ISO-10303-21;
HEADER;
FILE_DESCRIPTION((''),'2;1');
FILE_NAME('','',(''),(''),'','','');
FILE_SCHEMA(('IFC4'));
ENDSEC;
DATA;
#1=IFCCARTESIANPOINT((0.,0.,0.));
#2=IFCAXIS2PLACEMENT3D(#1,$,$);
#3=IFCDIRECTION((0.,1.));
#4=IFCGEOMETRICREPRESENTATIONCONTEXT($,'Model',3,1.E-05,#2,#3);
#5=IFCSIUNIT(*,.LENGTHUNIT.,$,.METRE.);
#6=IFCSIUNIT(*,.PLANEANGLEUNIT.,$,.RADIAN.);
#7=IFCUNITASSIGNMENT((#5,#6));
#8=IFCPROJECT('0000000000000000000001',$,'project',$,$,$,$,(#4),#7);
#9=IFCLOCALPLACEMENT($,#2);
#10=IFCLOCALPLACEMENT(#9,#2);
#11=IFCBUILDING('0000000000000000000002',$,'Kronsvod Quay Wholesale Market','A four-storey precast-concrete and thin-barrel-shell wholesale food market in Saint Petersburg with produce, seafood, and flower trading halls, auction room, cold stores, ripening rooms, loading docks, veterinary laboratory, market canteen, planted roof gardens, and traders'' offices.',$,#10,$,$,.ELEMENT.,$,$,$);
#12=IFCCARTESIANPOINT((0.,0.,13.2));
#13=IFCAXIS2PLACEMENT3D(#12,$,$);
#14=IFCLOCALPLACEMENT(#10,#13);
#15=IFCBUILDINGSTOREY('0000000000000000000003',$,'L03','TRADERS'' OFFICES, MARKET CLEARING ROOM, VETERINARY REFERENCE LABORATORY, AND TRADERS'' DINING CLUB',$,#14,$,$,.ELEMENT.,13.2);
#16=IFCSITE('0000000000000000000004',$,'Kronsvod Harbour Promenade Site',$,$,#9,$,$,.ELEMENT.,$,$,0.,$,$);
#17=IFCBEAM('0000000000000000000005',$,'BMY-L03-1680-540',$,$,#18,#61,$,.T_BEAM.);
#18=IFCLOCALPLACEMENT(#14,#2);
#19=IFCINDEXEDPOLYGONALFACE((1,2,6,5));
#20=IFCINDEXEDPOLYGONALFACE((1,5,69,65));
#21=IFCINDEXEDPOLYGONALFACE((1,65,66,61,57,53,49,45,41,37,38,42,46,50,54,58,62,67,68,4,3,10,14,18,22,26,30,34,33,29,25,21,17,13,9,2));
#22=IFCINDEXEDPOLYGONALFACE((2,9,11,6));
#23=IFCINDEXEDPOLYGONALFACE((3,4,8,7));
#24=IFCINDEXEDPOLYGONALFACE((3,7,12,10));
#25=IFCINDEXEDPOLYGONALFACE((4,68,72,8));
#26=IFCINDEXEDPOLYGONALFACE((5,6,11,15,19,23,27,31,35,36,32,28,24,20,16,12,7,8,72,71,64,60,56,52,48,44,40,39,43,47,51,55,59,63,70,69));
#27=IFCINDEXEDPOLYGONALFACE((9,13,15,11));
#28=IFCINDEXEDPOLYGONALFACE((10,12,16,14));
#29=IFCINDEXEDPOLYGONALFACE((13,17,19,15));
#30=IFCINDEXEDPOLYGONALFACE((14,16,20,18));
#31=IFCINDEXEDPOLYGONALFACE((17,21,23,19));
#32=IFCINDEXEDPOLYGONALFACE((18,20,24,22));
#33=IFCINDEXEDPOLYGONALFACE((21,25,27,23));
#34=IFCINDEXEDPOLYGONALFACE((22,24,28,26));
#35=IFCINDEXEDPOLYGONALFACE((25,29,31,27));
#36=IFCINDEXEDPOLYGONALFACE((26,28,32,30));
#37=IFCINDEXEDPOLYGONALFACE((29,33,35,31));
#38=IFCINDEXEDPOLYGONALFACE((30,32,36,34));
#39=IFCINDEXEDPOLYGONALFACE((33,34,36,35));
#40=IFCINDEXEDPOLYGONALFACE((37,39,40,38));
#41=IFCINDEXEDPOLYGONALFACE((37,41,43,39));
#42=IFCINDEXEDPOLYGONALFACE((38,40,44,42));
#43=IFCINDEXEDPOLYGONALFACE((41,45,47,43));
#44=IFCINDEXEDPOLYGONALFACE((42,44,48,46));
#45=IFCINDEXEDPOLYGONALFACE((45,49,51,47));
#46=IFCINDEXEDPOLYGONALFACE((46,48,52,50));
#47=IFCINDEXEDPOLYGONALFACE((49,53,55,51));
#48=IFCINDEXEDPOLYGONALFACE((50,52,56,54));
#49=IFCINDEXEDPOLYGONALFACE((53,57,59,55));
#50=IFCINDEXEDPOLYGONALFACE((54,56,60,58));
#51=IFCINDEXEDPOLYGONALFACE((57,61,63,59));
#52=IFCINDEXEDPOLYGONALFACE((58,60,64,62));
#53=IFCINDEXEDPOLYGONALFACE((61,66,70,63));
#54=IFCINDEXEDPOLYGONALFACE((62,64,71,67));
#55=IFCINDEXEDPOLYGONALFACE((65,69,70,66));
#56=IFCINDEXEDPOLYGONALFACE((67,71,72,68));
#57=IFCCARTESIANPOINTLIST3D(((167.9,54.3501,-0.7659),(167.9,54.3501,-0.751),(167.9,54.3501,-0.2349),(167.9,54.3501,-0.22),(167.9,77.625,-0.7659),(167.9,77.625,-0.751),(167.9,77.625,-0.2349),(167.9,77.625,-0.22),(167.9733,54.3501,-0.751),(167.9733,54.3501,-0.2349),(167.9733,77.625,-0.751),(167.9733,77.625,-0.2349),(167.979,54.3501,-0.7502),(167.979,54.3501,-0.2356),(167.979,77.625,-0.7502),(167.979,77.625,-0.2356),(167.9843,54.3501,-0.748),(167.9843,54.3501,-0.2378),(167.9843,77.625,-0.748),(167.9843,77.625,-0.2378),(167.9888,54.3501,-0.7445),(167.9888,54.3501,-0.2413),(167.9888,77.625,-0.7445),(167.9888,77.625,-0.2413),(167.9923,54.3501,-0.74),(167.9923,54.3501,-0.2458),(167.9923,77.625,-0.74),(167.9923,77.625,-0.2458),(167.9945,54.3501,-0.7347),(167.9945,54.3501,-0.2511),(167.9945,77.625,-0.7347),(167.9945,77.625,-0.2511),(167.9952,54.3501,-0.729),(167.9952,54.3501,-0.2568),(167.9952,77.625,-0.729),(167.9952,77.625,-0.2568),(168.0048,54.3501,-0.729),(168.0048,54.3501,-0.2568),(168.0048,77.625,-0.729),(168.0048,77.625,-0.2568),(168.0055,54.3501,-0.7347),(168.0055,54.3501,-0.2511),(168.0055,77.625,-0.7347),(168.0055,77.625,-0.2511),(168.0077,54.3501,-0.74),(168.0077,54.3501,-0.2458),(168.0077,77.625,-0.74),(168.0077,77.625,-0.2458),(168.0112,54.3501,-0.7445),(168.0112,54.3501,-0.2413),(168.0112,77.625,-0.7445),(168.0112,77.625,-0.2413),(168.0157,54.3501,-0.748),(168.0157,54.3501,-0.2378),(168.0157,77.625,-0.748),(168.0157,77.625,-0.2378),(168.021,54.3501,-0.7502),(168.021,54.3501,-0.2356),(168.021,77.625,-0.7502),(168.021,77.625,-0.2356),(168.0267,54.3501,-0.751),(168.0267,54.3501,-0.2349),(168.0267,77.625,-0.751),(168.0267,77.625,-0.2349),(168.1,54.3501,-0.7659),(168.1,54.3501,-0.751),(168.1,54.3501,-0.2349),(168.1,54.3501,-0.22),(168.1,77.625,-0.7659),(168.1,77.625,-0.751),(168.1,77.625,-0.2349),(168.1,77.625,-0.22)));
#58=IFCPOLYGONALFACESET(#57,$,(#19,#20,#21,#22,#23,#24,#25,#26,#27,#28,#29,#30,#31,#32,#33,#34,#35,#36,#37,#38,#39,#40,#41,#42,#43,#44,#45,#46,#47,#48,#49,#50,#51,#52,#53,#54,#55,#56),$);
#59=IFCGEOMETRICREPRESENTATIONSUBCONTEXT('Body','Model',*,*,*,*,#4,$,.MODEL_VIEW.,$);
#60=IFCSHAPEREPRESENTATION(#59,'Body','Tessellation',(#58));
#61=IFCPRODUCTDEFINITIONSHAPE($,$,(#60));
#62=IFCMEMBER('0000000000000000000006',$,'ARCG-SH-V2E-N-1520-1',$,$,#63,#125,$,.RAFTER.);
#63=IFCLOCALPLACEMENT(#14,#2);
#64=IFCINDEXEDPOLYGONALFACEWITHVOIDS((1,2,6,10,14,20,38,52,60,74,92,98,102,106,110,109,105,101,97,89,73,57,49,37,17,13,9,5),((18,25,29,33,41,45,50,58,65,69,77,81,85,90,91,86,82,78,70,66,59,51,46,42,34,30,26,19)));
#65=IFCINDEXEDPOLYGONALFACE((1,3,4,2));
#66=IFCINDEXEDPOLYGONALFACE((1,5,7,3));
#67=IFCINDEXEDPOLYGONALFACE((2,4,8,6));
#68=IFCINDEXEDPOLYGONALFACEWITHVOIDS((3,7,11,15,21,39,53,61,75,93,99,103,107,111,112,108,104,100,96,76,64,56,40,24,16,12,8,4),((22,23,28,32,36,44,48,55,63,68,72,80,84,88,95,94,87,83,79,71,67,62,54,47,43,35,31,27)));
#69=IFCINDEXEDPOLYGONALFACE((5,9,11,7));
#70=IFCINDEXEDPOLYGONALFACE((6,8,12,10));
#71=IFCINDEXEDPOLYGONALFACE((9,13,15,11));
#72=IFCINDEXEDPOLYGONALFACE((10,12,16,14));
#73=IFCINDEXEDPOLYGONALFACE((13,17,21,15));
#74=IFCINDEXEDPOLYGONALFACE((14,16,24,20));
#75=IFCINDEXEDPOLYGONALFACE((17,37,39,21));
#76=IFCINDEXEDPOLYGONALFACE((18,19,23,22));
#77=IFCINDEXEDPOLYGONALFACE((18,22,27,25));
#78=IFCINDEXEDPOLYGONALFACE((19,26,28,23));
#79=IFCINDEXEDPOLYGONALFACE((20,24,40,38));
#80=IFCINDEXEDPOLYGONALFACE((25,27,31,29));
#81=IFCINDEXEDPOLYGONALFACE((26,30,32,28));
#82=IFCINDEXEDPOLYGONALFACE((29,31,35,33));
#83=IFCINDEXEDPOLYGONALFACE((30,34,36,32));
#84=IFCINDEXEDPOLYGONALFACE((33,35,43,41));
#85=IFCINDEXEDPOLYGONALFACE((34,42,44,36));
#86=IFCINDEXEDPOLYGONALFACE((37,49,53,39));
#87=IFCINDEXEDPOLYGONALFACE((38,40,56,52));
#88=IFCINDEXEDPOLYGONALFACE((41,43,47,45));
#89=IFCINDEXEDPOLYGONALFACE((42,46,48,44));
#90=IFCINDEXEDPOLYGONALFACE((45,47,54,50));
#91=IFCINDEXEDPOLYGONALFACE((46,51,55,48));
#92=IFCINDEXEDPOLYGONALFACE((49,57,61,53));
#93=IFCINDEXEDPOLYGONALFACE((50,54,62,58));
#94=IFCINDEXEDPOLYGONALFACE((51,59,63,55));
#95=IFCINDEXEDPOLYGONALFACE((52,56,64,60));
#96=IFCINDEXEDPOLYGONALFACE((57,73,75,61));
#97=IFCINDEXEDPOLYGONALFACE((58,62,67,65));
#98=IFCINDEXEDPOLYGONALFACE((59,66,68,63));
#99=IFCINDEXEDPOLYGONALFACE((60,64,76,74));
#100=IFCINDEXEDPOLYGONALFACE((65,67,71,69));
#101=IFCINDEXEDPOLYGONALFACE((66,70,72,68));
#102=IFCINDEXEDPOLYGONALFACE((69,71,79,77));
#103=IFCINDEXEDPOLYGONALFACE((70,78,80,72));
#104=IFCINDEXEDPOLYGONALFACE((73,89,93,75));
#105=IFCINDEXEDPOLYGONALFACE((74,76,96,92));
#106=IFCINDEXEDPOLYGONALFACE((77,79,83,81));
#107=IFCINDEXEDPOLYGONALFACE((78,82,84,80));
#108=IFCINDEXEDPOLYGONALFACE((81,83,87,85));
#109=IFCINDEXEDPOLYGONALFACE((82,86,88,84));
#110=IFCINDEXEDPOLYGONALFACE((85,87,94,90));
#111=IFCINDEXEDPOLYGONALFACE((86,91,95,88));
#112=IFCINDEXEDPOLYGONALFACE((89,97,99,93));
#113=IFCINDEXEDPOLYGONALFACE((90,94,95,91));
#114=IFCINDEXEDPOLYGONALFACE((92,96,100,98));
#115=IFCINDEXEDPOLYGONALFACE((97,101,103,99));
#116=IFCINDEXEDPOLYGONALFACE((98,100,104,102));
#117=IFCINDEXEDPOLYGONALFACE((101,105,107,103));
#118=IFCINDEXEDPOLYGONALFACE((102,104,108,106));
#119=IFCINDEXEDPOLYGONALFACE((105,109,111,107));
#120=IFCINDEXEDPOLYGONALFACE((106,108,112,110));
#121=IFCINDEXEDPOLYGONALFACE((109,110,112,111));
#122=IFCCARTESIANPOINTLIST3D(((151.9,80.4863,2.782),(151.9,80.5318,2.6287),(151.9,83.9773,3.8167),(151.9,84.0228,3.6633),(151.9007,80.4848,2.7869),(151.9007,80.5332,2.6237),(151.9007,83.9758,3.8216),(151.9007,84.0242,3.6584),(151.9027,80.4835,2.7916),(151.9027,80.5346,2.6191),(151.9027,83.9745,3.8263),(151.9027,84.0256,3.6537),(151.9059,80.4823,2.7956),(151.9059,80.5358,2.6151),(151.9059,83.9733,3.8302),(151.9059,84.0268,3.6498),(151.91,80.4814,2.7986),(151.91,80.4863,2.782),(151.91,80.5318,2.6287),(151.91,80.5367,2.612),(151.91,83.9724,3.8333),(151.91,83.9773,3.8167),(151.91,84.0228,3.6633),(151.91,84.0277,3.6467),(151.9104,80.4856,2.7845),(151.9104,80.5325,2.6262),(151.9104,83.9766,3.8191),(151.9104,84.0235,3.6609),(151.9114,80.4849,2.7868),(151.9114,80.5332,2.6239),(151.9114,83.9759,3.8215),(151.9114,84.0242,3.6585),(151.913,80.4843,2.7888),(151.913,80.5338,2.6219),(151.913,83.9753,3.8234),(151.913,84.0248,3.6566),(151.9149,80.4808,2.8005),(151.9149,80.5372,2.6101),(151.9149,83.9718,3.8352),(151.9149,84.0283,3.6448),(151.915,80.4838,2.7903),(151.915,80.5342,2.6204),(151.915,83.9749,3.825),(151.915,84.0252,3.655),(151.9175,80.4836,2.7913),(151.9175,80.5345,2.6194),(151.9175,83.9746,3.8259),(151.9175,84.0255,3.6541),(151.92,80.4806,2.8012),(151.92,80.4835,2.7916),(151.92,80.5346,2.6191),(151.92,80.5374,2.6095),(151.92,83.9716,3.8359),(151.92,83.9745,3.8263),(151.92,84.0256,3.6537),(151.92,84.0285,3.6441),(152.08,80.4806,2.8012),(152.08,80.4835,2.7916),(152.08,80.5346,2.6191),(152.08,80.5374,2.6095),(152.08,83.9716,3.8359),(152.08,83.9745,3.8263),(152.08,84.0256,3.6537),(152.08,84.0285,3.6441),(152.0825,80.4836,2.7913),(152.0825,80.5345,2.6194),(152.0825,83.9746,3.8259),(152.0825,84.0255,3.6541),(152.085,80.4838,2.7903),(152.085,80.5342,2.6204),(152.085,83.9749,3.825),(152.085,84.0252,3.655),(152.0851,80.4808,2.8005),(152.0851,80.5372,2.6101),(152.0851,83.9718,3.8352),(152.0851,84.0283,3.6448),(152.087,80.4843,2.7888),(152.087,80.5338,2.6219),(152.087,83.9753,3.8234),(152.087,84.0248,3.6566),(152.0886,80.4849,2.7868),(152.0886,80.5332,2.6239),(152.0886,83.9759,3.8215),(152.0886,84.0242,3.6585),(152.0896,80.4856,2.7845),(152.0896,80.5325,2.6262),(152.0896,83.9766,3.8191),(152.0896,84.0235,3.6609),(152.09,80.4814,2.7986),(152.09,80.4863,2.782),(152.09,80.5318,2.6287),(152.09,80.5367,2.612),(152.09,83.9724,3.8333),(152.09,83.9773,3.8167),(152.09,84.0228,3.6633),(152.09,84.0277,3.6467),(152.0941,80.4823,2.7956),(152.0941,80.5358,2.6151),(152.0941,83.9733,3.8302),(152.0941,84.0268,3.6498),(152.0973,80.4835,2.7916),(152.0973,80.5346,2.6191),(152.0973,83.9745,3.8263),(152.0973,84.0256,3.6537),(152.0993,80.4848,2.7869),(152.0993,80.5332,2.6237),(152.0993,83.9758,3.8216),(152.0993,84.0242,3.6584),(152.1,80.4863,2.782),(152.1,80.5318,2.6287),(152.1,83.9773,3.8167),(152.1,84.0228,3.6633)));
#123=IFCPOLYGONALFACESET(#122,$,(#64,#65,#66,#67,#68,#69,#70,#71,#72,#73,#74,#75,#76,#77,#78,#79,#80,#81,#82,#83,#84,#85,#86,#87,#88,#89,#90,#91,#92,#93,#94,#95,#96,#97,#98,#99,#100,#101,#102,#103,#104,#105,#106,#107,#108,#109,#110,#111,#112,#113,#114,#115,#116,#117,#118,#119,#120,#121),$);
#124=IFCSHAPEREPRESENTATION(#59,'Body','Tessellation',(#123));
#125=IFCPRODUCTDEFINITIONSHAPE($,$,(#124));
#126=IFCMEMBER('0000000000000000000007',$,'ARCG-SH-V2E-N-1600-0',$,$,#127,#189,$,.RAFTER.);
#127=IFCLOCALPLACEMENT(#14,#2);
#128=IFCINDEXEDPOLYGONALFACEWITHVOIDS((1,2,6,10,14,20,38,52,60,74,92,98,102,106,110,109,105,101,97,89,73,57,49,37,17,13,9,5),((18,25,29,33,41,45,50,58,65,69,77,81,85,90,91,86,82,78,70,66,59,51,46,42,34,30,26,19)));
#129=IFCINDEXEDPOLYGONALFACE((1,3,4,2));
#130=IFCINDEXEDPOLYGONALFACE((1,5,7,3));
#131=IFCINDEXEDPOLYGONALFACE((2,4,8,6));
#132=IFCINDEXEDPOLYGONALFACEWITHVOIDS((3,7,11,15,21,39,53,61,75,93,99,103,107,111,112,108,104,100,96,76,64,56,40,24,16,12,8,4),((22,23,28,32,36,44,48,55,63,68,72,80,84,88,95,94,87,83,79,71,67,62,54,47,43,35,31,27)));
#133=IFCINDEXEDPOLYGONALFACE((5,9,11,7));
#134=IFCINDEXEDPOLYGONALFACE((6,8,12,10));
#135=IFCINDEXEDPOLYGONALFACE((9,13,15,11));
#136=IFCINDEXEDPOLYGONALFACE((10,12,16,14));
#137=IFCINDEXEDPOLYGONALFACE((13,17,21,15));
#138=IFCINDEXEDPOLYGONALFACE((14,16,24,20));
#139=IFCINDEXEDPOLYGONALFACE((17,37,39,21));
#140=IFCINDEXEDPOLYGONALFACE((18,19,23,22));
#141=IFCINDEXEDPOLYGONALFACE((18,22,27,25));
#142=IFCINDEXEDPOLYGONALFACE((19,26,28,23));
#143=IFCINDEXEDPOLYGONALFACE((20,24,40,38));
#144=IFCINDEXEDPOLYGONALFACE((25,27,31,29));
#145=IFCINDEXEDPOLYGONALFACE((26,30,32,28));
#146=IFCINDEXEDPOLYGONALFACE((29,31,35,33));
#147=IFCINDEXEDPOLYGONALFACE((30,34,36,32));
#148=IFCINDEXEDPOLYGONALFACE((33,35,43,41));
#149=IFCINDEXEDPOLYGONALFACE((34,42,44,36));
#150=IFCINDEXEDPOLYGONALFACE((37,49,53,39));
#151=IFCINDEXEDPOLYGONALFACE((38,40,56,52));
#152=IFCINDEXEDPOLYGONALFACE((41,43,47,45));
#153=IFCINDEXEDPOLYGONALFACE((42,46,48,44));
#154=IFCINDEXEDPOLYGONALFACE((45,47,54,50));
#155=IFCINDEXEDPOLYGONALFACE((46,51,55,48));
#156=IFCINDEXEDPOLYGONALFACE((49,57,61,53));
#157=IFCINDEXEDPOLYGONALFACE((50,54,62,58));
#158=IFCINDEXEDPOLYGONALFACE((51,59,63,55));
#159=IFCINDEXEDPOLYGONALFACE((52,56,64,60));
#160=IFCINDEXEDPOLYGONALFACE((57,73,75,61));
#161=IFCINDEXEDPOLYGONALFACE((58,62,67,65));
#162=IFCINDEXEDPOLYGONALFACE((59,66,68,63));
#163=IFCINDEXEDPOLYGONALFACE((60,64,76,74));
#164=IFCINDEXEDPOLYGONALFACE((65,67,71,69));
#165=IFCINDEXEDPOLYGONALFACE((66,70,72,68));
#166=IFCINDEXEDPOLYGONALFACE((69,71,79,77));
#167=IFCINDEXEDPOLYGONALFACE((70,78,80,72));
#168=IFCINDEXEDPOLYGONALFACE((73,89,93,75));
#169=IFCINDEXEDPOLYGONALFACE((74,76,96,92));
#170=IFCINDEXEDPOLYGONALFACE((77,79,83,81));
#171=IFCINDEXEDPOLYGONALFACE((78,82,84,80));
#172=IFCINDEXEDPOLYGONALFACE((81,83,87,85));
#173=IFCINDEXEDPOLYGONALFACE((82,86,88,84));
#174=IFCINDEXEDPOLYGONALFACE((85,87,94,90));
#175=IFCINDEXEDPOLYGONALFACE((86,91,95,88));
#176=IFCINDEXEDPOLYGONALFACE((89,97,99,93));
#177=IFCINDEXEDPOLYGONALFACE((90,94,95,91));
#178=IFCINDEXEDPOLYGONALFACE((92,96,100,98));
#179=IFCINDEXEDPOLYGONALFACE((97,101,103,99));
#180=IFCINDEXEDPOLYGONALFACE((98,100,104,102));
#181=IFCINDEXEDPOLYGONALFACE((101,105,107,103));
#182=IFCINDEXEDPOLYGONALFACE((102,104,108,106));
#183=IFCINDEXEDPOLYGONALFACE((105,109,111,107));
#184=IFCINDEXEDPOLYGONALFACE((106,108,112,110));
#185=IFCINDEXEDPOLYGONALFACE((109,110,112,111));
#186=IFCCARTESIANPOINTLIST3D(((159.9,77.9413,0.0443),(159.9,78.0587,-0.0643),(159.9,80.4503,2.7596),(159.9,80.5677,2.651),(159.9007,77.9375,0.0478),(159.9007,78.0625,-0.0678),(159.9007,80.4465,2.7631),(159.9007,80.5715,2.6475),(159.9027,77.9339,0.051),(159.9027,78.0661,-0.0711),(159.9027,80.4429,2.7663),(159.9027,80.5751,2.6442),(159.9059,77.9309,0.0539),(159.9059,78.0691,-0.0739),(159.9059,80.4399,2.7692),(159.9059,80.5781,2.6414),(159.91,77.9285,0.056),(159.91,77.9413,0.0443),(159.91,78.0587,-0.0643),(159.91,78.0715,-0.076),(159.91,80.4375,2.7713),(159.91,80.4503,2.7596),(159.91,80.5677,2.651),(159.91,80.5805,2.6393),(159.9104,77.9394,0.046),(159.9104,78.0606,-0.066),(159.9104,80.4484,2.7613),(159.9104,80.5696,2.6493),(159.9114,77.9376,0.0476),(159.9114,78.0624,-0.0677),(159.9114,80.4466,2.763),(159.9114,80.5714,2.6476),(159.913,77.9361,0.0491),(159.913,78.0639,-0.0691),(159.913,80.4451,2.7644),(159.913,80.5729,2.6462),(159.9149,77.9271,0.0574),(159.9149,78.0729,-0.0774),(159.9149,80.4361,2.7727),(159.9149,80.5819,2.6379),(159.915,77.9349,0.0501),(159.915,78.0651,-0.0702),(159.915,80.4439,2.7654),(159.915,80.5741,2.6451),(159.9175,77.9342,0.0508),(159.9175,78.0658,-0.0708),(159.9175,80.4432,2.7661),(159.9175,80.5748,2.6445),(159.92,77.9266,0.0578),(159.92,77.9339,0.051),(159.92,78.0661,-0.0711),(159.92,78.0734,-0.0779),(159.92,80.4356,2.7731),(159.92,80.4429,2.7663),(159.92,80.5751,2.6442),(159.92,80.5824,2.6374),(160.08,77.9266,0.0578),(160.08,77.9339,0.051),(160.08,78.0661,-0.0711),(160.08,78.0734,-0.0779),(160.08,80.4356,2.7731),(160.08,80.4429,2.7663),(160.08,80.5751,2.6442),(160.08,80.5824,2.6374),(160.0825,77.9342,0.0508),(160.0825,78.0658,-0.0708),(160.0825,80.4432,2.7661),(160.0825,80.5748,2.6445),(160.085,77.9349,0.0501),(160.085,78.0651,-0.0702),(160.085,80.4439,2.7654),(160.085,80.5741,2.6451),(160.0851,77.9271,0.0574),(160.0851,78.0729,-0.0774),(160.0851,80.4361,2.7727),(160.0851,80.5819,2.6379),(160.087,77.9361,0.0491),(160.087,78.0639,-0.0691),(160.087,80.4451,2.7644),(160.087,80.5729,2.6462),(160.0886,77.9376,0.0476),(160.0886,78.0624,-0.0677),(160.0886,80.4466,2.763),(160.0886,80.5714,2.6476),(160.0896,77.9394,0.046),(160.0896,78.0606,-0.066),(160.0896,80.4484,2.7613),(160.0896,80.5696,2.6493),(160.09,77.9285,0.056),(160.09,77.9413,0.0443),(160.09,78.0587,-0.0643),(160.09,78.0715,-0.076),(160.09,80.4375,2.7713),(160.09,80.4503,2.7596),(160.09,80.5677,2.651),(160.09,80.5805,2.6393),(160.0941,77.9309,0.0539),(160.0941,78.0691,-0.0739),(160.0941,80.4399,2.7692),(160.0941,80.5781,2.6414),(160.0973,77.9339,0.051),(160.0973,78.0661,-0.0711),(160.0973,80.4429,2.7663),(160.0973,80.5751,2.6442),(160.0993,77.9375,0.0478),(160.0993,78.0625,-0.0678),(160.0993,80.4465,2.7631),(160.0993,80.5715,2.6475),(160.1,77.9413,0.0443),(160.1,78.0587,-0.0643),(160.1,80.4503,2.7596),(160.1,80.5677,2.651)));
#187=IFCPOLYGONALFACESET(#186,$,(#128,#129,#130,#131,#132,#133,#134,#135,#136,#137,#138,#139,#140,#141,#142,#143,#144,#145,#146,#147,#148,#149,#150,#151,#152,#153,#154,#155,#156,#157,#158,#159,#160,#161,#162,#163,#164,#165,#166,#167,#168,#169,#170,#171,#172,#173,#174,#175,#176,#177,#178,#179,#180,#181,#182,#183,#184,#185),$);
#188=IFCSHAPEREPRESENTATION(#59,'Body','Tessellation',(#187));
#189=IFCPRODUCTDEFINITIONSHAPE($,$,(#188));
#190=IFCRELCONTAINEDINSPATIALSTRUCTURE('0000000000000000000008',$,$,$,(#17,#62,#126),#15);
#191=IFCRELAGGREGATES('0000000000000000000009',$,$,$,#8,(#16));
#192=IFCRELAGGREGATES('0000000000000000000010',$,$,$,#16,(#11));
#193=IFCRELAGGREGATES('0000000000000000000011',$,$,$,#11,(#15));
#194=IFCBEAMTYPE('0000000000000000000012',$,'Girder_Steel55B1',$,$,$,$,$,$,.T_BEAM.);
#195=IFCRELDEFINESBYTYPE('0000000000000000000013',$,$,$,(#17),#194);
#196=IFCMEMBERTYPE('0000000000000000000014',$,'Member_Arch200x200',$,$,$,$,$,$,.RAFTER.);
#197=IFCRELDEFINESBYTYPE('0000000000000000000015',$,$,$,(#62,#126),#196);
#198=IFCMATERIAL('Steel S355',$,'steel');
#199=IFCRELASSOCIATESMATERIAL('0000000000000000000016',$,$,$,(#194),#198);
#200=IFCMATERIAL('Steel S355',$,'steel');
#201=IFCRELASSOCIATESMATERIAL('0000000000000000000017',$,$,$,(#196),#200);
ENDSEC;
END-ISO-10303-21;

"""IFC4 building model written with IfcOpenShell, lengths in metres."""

from ifc_helpers import new_model, si_unit, direction, frame, origin, origin_2d, place, context, subcontext, project, spatial, hollow_rectangle, i_section, extrude, material, material_profile, profile_set, type_object, element, save


model = new_model("IFC4")

# Units and contexts
model_context = context("Model", 3, precision=1e-05, world=origin(), true_north=direction((0.0, 1.0)))
body_context = subcontext(model_context, "Body", "Model", "MODEL_VIEW")
ifc_project = project(units=[si_unit("LENGTHUNIT", "METRE"), si_unit("PLANEANGLEUNIT", "RADIAN")], contexts=[model_context])

# Site, building, storey
site_placement = place(None, origin())
site = spatial("IfcSite", under=ifc_project, at=site_placement, Name="Kronsvod Harbour Promenade Site", CompositionType="ELEMENT", RefElevation=0.0)
building_placement = place(site_placement, origin())
building = spatial("IfcBuilding", under=site, at=building_placement, Name="Kronsvod Quay Wholesale Market", Description="A four-storey precast-concrete and thin-barrel-shell wholesale food market in Saint Petersburg with produce, seafood, and flower trading halls, auction room, cold stores, ripening rooms, loading docks, veterinary laboratory, market canteen, planted roof gardens, and traders' offices.", CompositionType="ELEMENT")
storey_placement = place(building_placement, frame((0.0, 0.0, 13.2)))
storey = spatial("IfcBuildingStorey", under=building, at=storey_placement, Name="L03", Description="TRADERS' OFFICES, MARKET CLEARING ROOM, VETERINARY REFERENCE LABORATORY, AND TRADERS' DINING CLUB", CompositionType="ELEMENT", Elevation=13.2)

# Beam
ifc_material_1 = material(Name="Steel S355", Category="steel")
ifc_material_profile_1 = material_profile(ifc_material_1, i_section(OverallWidth=0.2, OverallDepth=0.5459, WebThickness=0.0095, FlangeThickness=0.0149, FilletRadius=0.022, at=origin_2d()), Name="55B1")
ifc_profile_set_1 = profile_set([ifc_material_profile_1], Name="Steel S355")
beam_type_1 = type_object("IfcBeamType", Name="Girder_Steel55B1", PredefinedType="T_BEAM", material=ifc_profile_set_1)
for number, where, z_axis, x_axis, name in (
    (1, (168.0, 54.3501, -0.4929), (0.0, 1.0, 0.0), (-1.0, 0.0, 0.0), "BMY-L03-1680-540"),
):
    element("IfcBeam", number, at=place(storey_placement, frame(where, z_axis=z_axis, x_axis=x_axis)), inside=storey, type_object=beam_type_1, Name=name, PredefinedType="T_BEAM", context=body_context, shape_type="SweptSolid", body=[
        extrude(i_section(OverallWidth=0.2, OverallDepth=0.5459, WebThickness=0.0095, FlangeThickness=0.0149, FilletRadius=0.022, at=origin_2d()), origin(), (0.0, 0.0, 1.0), 23.2749),
    ])

# Members
ifc_material_2 = material(Name="Steel S355", Category="steel")
ifc_material_profile_2 = material_profile(ifc_material_2, hollow_rectangle(XDim=0.2, YDim=0.2, WallThickness=0.01, InnerFilletRadius=0.01, OuterFilletRadius=0.02, at=origin_2d()), Name="RHS200x200x10")
ifc_profile_set_2 = profile_set([ifc_material_profile_2], Name="Steel S355")
member_type_1 = type_object("IfcMemberType", Name="Member_Arch200x200", PredefinedType="RAFTER", material=ifc_profile_set_2)
member_1_placement = place(storey_placement, frame((152.0, 80.509, 2.7053), z_axis=(0.0, 0.958775, 0.284166), x_axis=(-1.0, 0.0, 0.0)))
element("IfcMember", 2, at=member_1_placement, inside=storey, type_object=member_type_1, Name="ARCG-SH-V2E-N-1520-1", PredefinedType="RAFTER", context=body_context, shape_type="SweptSolid", body=[
    extrude(hollow_rectangle(XDim=0.2, YDim=0.2, WallThickness=0.01, InnerFilletRadius=0.01, OuterFilletRadius=0.02, at=origin_2d()), origin(), (0.0, 0.0, 1.0), 3.6411),
])
for number, where, z_axis, x_axis, name in (
    (3, (160.0, 78.0, -0.01), (0.0, 0.678656, 0.734456), (-1.0, 0.0, 0.0), "ARCG-SH-V2E-N-1600-0"),
):
    element("IfcMember", number, at=place(storey_placement, frame(where, z_axis=z_axis, x_axis=x_axis)), inside=storey, type_object=member_type_1, Name=name, PredefinedType="RAFTER", context=body_context, shape_type="SweptSolid", body=[
        extrude(hollow_rectangle(XDim=0.2, YDim=0.2, WallThickness=0.01, InnerFilletRadius=0.01, OuterFilletRadius=0.02, at=origin_2d()), origin(), (0.0, 0.0, 1.0), 3.697),
    ])

save(model, "model.ifc")
